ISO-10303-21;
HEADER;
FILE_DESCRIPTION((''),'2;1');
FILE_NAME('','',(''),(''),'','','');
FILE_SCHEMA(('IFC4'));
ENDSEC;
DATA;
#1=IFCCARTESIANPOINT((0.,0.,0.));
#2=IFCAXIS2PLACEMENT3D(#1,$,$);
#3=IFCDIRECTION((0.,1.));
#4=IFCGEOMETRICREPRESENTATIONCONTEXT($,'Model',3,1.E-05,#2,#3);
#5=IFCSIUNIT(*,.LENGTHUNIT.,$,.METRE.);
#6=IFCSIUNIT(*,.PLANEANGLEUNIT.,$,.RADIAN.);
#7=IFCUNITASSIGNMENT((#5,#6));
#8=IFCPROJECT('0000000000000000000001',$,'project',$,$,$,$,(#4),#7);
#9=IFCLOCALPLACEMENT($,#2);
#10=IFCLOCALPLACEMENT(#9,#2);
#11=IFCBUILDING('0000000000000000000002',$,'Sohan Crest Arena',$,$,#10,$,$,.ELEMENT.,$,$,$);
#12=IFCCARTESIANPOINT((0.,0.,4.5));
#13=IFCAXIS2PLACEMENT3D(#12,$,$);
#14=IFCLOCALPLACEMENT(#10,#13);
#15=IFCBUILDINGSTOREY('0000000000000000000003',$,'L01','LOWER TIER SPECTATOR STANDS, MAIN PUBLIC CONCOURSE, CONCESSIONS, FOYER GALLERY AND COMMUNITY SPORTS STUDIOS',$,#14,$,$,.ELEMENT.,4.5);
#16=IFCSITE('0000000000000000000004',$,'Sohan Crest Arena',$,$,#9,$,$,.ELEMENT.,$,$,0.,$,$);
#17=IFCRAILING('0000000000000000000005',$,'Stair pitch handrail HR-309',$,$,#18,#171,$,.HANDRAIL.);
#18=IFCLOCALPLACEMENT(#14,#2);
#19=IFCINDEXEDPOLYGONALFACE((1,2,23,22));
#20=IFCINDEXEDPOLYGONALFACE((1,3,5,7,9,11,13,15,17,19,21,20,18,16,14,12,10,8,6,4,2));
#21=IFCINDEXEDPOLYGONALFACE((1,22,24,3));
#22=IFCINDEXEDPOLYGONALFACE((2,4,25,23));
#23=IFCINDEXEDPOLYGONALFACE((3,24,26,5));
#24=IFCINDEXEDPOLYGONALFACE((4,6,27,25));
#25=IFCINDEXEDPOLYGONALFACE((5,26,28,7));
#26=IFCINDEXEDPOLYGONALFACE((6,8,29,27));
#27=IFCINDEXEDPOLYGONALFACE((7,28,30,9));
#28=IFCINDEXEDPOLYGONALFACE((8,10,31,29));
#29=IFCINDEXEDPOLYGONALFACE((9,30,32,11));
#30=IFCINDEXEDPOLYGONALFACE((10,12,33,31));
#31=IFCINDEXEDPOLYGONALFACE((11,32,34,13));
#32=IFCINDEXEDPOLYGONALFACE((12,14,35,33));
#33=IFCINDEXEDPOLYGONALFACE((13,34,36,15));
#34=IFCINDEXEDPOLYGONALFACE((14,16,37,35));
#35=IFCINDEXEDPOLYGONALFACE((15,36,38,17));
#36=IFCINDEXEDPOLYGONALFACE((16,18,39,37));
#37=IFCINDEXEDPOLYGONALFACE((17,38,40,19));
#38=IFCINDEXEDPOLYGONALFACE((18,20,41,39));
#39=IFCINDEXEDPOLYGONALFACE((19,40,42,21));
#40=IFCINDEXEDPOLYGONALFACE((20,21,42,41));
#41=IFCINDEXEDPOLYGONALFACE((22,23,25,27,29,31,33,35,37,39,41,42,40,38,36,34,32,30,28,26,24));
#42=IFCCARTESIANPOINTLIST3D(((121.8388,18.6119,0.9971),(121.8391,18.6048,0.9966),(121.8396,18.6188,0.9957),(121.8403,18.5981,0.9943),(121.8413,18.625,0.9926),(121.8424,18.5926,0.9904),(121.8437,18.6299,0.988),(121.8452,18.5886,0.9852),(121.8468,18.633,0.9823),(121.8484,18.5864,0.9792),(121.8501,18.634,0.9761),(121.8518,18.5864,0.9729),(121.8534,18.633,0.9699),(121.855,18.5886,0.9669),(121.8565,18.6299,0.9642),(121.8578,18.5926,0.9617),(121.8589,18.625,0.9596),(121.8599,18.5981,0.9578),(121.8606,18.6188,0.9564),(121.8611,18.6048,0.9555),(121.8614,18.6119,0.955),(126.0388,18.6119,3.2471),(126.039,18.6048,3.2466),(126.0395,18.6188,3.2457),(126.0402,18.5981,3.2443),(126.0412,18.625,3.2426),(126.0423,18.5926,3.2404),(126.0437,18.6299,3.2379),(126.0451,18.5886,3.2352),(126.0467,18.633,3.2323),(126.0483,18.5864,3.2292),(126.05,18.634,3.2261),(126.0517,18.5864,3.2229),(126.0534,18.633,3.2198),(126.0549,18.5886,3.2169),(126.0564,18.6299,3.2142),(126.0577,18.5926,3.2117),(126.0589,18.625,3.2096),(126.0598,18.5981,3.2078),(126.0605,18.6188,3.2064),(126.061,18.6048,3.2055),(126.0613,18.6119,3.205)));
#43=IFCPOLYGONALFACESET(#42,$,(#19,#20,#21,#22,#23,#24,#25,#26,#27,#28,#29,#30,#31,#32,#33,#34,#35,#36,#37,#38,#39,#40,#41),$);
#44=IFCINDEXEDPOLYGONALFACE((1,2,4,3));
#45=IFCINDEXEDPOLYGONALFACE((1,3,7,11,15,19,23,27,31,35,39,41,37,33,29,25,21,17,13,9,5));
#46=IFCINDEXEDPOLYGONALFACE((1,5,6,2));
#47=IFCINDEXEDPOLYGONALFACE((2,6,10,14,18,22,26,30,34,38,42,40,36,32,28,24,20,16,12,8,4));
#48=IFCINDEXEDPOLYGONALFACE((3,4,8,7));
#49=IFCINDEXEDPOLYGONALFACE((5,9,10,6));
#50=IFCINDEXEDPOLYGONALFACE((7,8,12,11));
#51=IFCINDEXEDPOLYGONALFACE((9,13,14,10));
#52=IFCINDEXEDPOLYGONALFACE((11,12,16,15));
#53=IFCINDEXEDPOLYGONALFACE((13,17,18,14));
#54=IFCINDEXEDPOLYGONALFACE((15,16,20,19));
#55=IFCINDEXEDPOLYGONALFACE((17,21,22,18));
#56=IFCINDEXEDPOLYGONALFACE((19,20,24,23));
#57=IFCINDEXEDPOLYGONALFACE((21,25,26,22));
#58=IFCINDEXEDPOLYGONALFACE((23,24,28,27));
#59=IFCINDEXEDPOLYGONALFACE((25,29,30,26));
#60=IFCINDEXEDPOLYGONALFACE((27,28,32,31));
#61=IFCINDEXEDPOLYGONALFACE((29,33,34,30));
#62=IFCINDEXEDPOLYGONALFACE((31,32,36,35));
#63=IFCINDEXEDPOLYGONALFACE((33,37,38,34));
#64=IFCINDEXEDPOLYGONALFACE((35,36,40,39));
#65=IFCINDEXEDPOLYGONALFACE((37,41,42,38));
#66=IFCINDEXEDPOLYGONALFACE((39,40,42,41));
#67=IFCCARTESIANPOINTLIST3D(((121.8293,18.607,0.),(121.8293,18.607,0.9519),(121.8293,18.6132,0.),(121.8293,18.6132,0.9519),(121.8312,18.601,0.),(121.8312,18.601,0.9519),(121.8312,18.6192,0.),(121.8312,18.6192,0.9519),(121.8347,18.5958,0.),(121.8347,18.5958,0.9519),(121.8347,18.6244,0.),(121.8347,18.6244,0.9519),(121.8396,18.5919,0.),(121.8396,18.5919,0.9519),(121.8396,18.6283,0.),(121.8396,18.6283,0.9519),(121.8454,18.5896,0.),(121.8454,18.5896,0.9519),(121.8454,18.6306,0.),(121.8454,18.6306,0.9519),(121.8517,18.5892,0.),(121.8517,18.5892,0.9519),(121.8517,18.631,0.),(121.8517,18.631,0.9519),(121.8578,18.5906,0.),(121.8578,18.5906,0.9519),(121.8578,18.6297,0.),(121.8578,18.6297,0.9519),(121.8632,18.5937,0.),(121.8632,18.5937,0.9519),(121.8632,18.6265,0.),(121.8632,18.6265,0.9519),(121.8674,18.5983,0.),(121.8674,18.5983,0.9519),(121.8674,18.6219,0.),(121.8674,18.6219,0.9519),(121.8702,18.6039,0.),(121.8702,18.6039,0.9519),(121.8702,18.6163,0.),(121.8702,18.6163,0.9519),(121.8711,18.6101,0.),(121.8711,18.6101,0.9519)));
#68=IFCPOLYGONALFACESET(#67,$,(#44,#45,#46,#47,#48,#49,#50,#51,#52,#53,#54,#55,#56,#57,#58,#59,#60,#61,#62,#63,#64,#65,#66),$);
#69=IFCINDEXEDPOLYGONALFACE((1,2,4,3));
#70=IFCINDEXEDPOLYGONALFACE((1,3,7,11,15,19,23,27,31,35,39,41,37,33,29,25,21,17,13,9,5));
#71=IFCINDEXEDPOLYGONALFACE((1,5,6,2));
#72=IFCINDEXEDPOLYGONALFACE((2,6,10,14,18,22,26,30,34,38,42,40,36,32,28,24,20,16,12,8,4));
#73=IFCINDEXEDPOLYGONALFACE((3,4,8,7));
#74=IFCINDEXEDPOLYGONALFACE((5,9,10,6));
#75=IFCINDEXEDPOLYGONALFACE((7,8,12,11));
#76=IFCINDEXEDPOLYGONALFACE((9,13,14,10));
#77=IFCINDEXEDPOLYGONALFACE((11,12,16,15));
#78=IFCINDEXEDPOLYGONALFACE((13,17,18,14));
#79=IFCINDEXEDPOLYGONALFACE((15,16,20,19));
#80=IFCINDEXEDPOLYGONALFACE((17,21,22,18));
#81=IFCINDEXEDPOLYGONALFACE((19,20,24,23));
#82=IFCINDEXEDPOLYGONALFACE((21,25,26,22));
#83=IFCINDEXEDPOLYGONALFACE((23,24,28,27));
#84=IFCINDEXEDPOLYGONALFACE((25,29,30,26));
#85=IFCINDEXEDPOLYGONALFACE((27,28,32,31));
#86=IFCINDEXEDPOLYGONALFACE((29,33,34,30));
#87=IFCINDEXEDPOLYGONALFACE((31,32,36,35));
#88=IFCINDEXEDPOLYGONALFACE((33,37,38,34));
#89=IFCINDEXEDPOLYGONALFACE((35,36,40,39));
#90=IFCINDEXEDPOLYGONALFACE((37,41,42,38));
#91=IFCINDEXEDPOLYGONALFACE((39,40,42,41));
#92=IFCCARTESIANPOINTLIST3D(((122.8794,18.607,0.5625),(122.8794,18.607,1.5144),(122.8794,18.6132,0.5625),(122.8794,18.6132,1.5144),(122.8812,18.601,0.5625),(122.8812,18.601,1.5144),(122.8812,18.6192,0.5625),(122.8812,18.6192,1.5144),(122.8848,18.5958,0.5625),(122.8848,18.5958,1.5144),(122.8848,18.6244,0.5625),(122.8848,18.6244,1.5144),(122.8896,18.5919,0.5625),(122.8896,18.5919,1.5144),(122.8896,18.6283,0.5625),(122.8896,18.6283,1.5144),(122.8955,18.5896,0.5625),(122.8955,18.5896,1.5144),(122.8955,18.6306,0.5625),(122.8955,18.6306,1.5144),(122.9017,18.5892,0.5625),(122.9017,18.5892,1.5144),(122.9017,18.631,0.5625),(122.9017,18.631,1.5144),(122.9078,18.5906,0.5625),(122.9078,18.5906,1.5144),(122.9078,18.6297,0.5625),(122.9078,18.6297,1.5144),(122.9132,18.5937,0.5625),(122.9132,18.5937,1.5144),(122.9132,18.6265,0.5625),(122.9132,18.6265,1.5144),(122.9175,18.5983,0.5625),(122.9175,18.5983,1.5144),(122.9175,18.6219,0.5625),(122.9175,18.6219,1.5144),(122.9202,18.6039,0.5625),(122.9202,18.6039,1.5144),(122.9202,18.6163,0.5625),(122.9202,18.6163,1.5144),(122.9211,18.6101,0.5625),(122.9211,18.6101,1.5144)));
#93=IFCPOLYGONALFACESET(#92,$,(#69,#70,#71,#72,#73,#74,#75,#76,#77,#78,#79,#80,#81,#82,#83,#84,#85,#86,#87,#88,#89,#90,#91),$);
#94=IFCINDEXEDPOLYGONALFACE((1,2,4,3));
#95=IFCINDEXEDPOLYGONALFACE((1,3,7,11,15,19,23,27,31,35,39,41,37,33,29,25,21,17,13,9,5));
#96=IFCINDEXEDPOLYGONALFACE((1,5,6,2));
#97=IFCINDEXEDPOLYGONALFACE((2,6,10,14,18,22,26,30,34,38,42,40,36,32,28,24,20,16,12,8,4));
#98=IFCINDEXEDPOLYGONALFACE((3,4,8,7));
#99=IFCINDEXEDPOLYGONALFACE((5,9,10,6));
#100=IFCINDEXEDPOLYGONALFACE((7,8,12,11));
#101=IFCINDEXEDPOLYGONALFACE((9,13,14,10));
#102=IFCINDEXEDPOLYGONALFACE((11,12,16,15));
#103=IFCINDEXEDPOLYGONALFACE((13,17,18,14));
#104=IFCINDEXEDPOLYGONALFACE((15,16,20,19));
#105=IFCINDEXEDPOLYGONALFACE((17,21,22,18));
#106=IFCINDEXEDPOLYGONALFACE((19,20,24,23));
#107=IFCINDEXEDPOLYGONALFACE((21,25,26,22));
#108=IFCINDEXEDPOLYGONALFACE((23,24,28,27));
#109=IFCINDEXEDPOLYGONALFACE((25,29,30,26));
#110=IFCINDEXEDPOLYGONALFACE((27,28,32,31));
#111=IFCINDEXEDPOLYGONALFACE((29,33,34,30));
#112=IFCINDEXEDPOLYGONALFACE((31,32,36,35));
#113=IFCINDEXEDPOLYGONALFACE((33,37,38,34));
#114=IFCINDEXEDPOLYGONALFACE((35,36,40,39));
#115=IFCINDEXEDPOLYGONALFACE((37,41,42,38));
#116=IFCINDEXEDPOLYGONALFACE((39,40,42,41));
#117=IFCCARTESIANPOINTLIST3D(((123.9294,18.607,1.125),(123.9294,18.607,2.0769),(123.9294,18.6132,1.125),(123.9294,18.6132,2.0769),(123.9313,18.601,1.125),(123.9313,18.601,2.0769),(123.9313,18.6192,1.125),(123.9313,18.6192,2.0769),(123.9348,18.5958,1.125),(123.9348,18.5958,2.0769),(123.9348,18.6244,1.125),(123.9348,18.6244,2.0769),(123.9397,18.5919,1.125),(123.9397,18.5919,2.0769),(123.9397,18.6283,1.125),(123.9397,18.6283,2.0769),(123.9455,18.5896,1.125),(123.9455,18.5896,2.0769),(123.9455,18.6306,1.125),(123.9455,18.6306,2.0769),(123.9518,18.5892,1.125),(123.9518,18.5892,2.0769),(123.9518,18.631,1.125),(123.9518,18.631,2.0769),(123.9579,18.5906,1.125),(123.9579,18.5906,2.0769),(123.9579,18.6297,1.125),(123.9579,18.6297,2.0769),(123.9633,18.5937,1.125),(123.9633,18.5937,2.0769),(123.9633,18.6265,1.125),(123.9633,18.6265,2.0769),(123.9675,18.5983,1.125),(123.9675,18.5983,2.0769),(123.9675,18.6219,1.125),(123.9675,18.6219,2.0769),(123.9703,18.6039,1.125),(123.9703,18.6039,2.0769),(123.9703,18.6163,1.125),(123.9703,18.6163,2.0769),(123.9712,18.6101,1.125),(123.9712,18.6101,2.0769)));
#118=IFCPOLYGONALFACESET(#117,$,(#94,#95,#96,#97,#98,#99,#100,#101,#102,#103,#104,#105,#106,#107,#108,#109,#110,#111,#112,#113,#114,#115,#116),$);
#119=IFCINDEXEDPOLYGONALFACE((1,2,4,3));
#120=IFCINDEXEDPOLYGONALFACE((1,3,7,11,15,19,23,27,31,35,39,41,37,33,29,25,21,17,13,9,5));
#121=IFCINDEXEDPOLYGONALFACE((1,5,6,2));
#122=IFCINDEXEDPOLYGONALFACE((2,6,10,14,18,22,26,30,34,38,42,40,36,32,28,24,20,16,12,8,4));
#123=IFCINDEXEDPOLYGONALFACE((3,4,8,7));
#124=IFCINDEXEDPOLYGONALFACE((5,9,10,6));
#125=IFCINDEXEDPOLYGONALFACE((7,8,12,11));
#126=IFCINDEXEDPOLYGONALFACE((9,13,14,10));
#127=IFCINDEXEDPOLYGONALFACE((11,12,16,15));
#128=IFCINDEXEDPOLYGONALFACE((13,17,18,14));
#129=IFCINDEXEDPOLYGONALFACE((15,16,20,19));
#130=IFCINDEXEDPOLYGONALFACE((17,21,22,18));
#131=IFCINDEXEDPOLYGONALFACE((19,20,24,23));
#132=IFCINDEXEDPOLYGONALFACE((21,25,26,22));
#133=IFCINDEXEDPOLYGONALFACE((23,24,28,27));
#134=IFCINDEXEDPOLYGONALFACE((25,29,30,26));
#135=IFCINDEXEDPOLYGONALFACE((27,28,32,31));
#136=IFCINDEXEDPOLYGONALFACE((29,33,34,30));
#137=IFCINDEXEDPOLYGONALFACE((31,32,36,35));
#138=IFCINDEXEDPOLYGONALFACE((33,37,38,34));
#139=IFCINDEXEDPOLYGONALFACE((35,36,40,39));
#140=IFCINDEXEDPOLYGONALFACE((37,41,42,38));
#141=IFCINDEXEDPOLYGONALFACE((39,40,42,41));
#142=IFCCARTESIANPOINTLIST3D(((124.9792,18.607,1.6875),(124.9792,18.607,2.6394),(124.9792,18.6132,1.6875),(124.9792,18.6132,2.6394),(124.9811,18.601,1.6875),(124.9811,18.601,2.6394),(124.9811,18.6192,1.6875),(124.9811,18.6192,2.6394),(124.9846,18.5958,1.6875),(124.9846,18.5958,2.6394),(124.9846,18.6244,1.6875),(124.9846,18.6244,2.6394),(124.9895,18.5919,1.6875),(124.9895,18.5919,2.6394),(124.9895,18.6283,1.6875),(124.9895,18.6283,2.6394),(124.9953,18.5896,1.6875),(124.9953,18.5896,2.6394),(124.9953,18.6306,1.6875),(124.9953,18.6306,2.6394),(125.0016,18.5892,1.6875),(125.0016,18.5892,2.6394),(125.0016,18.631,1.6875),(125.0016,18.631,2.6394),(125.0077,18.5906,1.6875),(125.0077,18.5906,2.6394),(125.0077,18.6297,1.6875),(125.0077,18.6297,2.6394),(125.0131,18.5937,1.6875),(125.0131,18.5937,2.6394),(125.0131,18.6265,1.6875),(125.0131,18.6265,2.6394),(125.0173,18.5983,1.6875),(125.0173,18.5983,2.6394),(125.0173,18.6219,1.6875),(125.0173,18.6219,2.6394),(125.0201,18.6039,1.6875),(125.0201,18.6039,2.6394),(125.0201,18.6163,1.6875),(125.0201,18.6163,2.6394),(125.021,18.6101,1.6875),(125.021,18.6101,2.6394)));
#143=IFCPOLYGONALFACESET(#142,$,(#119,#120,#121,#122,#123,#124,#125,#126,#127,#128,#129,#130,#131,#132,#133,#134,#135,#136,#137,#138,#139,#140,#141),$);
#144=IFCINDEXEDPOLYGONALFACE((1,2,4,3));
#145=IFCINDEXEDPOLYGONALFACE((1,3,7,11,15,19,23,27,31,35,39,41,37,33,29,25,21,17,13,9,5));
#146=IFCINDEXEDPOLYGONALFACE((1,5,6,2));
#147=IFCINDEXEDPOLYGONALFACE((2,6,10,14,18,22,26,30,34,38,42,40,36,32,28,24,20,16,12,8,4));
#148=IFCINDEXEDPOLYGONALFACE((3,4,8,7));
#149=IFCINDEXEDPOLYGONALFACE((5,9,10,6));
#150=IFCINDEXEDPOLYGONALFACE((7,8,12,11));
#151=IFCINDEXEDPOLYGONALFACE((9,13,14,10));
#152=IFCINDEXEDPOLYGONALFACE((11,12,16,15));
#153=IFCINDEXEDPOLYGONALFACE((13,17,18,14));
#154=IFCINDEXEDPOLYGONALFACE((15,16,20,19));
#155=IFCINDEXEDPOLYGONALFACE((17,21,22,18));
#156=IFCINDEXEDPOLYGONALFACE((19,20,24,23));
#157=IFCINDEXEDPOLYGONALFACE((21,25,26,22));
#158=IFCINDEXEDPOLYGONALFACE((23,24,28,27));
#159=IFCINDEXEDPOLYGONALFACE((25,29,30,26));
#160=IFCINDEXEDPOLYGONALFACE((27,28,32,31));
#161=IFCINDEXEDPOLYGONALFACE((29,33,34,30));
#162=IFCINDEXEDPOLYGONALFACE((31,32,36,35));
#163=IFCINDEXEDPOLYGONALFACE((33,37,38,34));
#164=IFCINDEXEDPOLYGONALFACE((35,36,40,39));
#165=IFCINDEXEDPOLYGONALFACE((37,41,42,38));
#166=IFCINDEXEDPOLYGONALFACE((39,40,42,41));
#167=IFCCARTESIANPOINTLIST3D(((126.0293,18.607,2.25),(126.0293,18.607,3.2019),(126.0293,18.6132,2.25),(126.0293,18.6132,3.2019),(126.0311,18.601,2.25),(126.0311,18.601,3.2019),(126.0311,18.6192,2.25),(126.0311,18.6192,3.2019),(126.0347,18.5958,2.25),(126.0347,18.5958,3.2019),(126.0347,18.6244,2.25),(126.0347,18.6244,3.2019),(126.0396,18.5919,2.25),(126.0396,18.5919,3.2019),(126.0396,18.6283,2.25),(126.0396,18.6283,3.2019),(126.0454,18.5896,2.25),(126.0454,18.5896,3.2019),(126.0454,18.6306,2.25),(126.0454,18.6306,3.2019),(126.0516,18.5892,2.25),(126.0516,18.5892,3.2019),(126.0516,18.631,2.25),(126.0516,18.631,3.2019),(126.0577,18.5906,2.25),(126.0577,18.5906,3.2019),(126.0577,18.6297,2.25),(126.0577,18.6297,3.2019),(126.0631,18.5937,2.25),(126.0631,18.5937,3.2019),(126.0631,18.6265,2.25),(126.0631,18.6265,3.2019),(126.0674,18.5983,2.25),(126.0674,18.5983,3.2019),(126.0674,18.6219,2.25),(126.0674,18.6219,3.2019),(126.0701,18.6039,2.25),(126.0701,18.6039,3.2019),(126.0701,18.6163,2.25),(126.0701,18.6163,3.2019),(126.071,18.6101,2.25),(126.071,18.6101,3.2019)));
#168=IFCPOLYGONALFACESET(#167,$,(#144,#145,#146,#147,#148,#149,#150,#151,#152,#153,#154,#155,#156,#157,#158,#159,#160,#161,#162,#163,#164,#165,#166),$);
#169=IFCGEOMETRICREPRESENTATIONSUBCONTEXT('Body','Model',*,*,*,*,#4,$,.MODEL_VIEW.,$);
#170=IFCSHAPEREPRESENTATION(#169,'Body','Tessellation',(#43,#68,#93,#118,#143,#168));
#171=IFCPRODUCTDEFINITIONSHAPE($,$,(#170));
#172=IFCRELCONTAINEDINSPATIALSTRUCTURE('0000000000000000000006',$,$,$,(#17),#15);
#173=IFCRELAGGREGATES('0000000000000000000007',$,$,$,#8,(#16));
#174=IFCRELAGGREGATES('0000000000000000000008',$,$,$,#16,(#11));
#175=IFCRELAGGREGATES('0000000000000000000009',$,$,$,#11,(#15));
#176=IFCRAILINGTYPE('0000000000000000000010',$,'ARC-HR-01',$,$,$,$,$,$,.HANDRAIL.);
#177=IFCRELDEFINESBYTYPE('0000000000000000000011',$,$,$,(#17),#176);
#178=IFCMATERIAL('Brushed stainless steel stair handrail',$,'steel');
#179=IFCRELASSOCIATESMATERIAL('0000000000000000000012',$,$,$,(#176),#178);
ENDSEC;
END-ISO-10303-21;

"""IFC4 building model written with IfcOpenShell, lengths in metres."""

from ifc_helpers import new_model, si_unit, direction, frame, origin, origin_2d, place, context, subcontext, project, spatial, circle, extrude, material, type_object, element, save


model = new_model("IFC4")

# Units and contexts
model_context = context("Model", 3, precision=1e-05, world=origin(), true_north=direction((0.0, 1.0)))
body_context = subcontext(model_context, "Body", "Model", "MODEL_VIEW")
ifc_project = project(units=[si_unit("LENGTHUNIT", "METRE"), si_unit("PLANEANGLEUNIT", "RADIAN")], contexts=[model_context])

# Site, building, storey
site_placement = place(None, origin())
site = spatial("IfcSite", under=ifc_project, at=site_placement, Name="Sohan Crest Arena", CompositionType="ELEMENT", RefElevation=0.0)
building_placement = place(site_placement, origin())
building = spatial("IfcBuilding", under=site, at=building_placement, Name="Sohan Crest Arena", CompositionType="ELEMENT")
storey_placement = place(building_placement, frame((0.0, 0.0, 4.5)))
storey = spatial("IfcBuildingStorey", under=building, at=storey_placement, Name="L01", Description="LOWER TIER SPECTATOR STANDS, MAIN PUBLIC CONCOURSE, CONCESSIONS, FOYER GALLERY AND COMMUNITY SPORTS STUDIOS", CompositionType="ELEMENT", Elevation=4.5)

# Railing
ifc_material_1 = material(Name="Brushed stainless steel stair handrail", Category="steel")
railing_type_1 = type_object("IfcRailingType", Name="ARC-HR-01", PredefinedType="HANDRAIL", material=ifc_material_1)
for number, where, name in (
    (1, (121.8501, 18.6101, 0.0), "Stair pitch handrail HR-309"),
):
    element("IfcRailing", number, at=place(storey_placement, frame(where)), inside=storey, type_object=railing_type_1, Name=name, PredefinedType="HANDRAIL", context=body_context, shape_type="SweptSolid", body=[
        extrude(circle(Radius=0.0239, at=origin_2d()), frame((0.0, 0.0, 0.9761), z_axis=(0.881478, 0.0, 0.472226), x_axis=(0.0, 1.0, 0.0)), (0.0, 0.0, 1.0), 4.7646),
        extrude(circle(Radius=0.021, at=origin_2d()), origin(), (0.0, 0.0, 1.0), 0.9519),
        extrude(circle(Radius=0.021, at=origin_2d()), frame((1.05, 0.0, 0.5625)), (0.0, 0.0, 1.0), 0.9519),
        extrude(circle(Radius=0.021, at=origin_2d()), frame((2.1001, 0.0, 1.125)), (0.0, 0.0, 1.0), 0.9519),
        extrude(circle(Radius=0.021, at=origin_2d()), frame((3.1499, 0.0, 1.6875)), (0.0, 0.0, 1.0), 0.9519),
        extrude(circle(Radius=0.021, at=origin_2d()), frame((4.2, 0.0, 2.25)), (0.0, 0.0, 1.0), 0.9519),
    ])

save(model, "model.ifc")
